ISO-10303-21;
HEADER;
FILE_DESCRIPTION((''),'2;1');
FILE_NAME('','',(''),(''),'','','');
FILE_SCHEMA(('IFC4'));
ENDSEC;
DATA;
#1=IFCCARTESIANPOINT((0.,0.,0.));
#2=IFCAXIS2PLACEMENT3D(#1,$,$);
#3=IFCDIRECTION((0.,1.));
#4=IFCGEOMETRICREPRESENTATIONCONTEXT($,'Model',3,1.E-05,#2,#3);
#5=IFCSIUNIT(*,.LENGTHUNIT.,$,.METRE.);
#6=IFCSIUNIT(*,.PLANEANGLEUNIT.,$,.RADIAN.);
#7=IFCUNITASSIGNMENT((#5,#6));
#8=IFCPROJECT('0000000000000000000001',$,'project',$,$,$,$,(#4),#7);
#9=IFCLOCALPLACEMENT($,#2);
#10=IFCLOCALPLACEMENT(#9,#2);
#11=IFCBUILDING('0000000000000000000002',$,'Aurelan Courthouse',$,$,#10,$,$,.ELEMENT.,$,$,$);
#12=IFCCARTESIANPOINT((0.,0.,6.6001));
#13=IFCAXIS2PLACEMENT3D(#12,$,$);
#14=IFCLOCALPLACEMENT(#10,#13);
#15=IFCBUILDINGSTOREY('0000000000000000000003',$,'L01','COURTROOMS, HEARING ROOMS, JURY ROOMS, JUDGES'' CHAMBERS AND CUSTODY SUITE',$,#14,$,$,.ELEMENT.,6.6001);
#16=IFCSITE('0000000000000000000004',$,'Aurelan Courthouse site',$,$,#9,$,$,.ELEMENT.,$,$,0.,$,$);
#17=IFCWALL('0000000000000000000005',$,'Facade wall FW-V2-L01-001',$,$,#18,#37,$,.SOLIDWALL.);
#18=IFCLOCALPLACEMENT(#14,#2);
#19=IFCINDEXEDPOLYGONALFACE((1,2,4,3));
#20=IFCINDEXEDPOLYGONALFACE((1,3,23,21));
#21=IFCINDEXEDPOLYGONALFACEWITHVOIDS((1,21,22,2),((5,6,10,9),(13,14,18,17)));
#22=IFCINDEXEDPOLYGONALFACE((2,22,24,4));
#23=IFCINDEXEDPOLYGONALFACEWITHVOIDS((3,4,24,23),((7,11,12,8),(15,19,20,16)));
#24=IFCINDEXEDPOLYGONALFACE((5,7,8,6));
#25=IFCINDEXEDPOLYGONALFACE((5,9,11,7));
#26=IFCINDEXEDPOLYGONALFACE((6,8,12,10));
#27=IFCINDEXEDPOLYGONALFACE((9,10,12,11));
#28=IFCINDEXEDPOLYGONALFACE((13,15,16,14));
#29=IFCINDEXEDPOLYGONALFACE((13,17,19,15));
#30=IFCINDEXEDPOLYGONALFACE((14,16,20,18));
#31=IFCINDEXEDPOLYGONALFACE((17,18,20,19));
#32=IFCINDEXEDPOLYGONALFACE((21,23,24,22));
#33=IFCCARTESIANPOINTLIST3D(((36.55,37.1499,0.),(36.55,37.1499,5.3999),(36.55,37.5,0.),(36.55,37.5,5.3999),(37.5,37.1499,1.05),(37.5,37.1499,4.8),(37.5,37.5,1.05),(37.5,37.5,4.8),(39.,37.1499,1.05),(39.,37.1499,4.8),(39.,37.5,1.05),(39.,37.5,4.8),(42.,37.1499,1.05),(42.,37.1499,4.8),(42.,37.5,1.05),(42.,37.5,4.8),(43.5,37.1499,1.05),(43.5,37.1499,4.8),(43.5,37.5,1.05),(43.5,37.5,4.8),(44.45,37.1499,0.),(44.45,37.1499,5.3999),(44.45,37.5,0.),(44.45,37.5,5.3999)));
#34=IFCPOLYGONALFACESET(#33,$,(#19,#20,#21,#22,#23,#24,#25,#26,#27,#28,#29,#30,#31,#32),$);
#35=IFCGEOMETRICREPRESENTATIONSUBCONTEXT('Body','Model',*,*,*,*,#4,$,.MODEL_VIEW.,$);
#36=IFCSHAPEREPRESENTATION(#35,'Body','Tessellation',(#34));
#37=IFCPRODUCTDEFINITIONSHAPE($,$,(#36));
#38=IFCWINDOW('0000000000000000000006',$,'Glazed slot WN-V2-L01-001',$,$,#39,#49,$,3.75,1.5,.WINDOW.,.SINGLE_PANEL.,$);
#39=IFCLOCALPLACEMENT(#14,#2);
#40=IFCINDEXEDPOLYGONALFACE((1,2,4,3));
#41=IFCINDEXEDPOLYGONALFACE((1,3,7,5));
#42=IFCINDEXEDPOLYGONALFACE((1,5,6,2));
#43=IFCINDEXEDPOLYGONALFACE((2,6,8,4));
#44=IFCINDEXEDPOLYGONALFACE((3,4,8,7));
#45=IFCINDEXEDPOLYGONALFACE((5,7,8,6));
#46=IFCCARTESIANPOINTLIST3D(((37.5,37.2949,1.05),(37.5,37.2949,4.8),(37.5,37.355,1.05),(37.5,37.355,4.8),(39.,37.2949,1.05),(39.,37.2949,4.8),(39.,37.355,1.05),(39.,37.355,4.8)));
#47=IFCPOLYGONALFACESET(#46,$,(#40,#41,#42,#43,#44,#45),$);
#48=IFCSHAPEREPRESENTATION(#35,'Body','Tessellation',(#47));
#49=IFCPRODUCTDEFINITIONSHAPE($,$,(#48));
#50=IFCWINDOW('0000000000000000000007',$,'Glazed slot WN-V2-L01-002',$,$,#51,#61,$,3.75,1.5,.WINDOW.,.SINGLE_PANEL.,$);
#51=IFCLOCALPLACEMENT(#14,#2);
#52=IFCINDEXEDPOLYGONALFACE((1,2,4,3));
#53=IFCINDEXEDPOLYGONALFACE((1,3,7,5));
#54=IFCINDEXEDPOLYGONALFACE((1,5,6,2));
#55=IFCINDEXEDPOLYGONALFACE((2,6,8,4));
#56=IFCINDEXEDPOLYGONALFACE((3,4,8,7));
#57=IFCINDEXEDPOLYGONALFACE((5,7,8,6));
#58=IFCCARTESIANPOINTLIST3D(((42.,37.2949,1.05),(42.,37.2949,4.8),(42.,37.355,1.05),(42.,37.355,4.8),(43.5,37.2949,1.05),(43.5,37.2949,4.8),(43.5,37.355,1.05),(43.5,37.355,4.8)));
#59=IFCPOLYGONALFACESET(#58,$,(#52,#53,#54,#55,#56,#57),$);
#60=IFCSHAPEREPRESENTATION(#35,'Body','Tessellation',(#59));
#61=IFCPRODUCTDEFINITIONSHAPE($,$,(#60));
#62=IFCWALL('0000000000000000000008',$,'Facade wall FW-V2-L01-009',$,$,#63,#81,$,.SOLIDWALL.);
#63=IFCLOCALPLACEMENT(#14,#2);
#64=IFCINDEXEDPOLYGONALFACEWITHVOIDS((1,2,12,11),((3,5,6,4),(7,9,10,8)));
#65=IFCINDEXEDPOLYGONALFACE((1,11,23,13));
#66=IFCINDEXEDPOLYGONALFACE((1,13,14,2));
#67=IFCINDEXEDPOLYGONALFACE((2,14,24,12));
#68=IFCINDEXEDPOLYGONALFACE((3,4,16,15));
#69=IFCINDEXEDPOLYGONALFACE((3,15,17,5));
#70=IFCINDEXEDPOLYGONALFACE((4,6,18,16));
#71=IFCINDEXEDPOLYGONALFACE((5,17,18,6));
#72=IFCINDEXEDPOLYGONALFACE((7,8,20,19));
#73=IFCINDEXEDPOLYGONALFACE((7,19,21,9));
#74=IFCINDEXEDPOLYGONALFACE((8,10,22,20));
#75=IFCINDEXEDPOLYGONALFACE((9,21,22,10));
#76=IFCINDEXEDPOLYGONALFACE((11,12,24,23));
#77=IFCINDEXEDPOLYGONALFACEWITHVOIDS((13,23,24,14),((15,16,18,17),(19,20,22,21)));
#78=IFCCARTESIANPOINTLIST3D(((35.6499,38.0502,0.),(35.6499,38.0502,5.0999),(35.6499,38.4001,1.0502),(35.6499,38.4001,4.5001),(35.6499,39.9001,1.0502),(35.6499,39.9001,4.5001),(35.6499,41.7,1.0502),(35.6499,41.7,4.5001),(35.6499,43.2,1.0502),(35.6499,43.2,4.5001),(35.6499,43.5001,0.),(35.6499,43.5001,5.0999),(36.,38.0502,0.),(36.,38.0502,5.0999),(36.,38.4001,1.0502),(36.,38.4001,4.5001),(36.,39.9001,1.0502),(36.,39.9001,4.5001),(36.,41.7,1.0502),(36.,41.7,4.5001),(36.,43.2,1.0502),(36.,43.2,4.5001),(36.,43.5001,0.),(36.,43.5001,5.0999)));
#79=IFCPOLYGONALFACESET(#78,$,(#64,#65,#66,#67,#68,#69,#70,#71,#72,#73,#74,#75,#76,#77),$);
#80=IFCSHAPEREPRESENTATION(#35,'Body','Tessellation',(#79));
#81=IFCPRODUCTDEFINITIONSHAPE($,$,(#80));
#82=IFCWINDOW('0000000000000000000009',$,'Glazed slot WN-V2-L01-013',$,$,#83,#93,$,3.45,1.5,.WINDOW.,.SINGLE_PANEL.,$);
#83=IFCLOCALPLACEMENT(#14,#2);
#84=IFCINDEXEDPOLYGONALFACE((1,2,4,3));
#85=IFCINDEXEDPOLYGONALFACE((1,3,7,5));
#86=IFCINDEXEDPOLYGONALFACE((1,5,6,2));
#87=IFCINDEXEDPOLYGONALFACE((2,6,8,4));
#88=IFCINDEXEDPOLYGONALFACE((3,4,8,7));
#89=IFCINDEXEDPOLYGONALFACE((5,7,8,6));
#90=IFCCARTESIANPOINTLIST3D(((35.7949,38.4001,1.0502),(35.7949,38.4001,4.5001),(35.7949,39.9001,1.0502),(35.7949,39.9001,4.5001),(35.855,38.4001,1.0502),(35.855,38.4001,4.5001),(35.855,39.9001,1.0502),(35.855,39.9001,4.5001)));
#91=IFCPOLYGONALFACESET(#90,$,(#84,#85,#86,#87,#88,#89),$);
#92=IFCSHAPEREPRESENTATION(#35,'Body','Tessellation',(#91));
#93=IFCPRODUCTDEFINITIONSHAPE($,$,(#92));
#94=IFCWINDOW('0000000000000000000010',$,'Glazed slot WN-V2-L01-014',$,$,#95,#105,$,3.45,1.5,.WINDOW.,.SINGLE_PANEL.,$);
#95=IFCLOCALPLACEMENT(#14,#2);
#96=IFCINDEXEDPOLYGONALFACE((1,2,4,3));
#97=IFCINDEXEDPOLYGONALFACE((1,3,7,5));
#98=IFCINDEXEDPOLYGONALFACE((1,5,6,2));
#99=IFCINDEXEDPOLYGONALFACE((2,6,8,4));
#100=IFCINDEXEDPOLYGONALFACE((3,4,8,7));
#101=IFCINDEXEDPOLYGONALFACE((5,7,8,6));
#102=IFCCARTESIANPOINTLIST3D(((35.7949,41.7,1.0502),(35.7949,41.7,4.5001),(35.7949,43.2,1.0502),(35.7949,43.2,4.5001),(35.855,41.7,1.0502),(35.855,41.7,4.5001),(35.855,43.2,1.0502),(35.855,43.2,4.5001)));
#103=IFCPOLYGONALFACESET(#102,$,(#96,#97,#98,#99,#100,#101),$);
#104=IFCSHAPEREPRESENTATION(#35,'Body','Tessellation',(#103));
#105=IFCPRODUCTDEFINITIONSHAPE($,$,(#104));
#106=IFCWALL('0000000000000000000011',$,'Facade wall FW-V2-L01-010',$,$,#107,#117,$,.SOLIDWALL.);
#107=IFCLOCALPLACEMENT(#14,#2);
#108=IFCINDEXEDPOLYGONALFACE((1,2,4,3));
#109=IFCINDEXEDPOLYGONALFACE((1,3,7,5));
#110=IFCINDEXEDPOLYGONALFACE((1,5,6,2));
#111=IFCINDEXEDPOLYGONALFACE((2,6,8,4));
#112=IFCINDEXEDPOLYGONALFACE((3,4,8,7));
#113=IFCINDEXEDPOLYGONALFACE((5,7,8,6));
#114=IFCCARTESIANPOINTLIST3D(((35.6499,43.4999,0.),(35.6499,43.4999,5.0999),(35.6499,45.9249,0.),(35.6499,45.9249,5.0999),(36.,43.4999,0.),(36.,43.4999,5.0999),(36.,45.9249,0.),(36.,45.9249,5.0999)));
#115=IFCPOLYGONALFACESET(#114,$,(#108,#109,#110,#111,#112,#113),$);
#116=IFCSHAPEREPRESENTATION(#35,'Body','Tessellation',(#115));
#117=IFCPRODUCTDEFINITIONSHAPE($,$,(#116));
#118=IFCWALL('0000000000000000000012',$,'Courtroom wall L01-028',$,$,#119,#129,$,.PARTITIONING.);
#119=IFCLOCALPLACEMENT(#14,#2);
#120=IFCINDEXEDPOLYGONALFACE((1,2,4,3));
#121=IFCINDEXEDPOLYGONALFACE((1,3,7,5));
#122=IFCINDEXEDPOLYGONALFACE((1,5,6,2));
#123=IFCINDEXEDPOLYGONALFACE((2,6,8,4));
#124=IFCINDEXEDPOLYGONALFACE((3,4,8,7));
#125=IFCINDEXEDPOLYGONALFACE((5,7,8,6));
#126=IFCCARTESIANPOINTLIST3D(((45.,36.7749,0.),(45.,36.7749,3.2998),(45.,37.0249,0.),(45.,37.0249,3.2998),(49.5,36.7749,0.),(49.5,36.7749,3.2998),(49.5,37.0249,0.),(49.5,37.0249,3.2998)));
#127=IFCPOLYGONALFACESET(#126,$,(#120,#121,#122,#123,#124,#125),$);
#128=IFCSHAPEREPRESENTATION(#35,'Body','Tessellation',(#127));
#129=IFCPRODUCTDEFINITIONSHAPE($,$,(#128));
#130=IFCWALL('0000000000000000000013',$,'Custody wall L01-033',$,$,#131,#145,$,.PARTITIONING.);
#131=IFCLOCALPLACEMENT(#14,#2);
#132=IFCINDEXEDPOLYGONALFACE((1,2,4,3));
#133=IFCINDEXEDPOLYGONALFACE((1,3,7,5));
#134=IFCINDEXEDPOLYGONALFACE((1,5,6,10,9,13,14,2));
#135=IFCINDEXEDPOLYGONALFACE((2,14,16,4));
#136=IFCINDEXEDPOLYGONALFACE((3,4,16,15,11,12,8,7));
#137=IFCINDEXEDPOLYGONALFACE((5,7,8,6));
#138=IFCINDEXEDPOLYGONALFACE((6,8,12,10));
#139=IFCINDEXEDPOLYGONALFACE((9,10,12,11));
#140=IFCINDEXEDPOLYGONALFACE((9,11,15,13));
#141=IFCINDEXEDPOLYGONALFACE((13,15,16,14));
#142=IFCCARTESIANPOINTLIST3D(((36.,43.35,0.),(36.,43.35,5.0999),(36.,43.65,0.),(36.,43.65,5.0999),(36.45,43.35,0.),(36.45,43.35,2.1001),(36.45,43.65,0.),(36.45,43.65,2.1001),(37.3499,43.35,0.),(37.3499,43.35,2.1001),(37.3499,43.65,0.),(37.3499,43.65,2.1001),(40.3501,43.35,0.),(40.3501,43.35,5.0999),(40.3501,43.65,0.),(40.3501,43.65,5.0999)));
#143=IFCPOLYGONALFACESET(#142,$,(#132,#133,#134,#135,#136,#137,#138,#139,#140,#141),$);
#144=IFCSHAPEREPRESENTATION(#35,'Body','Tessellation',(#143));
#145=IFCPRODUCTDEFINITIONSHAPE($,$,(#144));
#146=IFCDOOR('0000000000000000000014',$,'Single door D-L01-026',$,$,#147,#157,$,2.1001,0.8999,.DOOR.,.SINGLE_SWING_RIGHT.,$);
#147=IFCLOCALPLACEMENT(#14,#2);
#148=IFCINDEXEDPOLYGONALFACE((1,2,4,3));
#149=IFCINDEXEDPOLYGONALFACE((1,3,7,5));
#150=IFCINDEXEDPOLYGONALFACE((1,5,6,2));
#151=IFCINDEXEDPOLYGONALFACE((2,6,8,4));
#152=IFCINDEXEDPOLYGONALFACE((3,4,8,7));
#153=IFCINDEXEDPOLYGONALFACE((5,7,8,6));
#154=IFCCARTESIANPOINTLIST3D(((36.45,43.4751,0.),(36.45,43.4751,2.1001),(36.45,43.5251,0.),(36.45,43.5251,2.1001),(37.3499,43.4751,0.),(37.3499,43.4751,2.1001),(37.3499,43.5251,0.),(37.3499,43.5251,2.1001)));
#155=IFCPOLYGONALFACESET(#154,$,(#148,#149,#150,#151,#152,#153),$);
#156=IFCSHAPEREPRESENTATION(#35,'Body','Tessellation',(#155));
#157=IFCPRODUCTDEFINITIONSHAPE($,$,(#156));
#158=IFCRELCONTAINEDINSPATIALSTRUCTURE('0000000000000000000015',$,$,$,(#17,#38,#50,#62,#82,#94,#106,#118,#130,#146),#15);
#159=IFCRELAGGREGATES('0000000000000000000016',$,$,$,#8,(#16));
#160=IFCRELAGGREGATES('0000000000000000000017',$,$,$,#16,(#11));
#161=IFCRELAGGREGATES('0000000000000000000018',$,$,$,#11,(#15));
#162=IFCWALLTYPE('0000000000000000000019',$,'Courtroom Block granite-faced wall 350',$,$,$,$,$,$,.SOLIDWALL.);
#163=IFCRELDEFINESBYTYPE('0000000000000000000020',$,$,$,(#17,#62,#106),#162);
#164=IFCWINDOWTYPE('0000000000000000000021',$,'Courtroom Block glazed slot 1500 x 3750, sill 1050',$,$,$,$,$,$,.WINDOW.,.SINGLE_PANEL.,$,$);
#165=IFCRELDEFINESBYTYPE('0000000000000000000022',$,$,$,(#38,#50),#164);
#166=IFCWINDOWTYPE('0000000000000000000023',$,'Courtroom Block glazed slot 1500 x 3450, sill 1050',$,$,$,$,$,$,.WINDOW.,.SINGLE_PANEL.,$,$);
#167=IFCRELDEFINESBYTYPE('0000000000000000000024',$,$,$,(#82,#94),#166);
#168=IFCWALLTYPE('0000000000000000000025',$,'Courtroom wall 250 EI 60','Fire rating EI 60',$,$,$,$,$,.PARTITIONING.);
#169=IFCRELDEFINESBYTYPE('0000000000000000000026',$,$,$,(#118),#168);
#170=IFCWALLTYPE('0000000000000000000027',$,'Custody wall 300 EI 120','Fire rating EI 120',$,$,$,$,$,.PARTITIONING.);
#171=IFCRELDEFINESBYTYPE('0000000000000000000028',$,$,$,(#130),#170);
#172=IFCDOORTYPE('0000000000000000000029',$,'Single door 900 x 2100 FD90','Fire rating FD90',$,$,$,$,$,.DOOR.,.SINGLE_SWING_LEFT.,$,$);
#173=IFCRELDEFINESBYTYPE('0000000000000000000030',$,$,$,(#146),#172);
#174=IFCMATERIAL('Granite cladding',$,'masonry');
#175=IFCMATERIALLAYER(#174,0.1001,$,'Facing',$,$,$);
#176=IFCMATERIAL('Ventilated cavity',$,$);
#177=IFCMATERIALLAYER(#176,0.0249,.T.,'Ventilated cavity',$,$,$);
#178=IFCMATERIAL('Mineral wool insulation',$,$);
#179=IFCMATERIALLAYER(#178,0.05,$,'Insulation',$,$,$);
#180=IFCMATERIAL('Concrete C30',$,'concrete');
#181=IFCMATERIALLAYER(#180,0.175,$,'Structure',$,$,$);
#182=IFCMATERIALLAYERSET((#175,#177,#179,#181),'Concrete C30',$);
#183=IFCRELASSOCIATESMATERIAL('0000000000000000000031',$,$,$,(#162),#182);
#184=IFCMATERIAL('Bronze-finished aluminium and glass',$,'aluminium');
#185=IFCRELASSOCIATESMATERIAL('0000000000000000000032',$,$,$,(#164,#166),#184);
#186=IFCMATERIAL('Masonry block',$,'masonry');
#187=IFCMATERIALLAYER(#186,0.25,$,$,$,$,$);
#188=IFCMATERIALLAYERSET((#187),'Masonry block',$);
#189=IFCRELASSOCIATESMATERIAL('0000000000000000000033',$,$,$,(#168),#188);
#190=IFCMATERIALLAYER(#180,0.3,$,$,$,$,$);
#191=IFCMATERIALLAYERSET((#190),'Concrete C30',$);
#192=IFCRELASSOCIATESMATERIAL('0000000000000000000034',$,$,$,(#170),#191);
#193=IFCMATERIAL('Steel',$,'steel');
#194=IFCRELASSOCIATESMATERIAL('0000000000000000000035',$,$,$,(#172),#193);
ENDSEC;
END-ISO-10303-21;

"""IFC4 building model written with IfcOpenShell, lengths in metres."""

from ifc_helpers import new_model, si_unit, direction, frame, frame_2d, origin, place, context, subcontext, project, spatial, rectangle, extrude, material, layer, layer_set, type_object, element, fill, save


model = new_model("IFC4")

# Units and contexts
model_context = context("Model", 3, precision=1e-05, world=origin(), true_north=direction((0.0, 1.0)))
body_context = subcontext(model_context, "Body", "Model", "MODEL_VIEW")
ifc_project = project(units=[si_unit("LENGTHUNIT", "METRE"), si_unit("PLANEANGLEUNIT", "RADIAN")], contexts=[model_context])

# Site, building, storey
site_placement = place(None, origin())
site = spatial("IfcSite", under=ifc_project, at=site_placement, Name="Aurelan Courthouse site", CompositionType="ELEMENT", RefElevation=0.0)
building_placement = place(site_placement, origin())
building = spatial("IfcBuilding", under=site, at=building_placement, Name="Aurelan Courthouse", CompositionType="ELEMENT")
storey_placement = place(building_placement, frame((0.0, 0.0, 6.6001)))
storey = spatial("IfcBuildingStorey", under=building, at=storey_placement, Name="L01", Description="COURTROOMS, HEARING ROOMS, JURY ROOMS, JUDGES' CHAMBERS AND CUSTODY SUITE", CompositionType="ELEMENT", Elevation=6.6001)

# Shared definitions
ifc_material_1 = material(Name="Bronze-finished aluminium and glass", Category="aluminium")

# Walls, openings, windows
ifc_material_2 = material(Name="Granite cladding", Category="masonry")
ifc_layer_1 = layer(ifc_material_2, 0.1001, Name="Facing")
ifc_material_3 = material(Name="Ventilated cavity")
ifc_layer_2 = layer(ifc_material_3, 0.0249, ventilated=True, Name="Ventilated cavity")
ifc_material_4 = material(Name="Mineral wool insulation")
ifc_layer_3 = layer(ifc_material_4, 0.05, Name="Insulation")
ifc_material_5 = material(Name="Concrete C30", Category="concrete")
ifc_layer_4 = layer(ifc_material_5, 0.175, Name="Structure")
ifc_layer_set_1 = layer_set([ifc_layer_1, ifc_layer_2, ifc_layer_3, ifc_layer_4], Name="Concrete C30")
wall_type_1 = type_object("IfcWallType", Name="Courtroom Block granite-faced wall 350", PredefinedType="SOLIDWALL", material=ifc_layer_set_1)
wall_1_placement = place(storey_placement, frame((36.55, 37.325, 0.0), z_axis=(0.0, 0.0, 1.0), x_axis=(1.0, 0.0, 0.0)))
wall_1 = element("IfcWall", 1, at=wall_1_placement, inside=storey, type_object=wall_type_1, Name="Facade wall FW-V2-L01-001", PredefinedType="SOLIDWALL", context=body_context, shape_type="SweptSolid", body=[
    extrude(rectangle(XDim=7.8999, YDim=0.3501, at=frame_2d((3.95, 0.0))), origin(), (0.0, 0.0, 1.0), 5.3999),
])
opening_1_placement = place(wall_1_placement, frame((0.95, 0.0, 1.05)))
opening_1 = element("IfcOpeningElement", 2, at=opening_1_placement, cuts=wall_1, PredefinedType="OPENING", context=body_context, shape_type="SweptSolid", body=[
    extrude(rectangle(XDim=1.5, YDim=3.75, at=frame_2d((0.75, 1.875))), frame((0.0, 0.1851, 0.0), z_axis=(0.0, -1.0, 0.0), x_axis=(1.0, 0.0, 0.0)), (0.0, 0.0, 1.0), 0.3701),
])
opening_2_placement = place(wall_1_placement, frame((5.45, 0.0, 1.05)))
opening_2 = element("IfcOpeningElement", 3, at=opening_2_placement, cuts=wall_1, PredefinedType="OPENING", context=body_context, shape_type="SweptSolid", body=[
    extrude(rectangle(XDim=1.5, YDim=3.75, at=frame_2d((0.75, 1.875))), frame((0.0, 0.1851, 0.0), z_axis=(0.0, -1.0, 0.0), x_axis=(1.0, 0.0, 0.0)), (0.0, 0.0, 1.0), 0.3701),
])
window_type_1 = type_object("IfcWindowType", Name="Courtroom Block glazed slot 1500 x 3750, sill 1050", PartitioningType="SINGLE_PANEL", PredefinedType="WINDOW", material=ifc_material_1)
window_1_placement = place(opening_1_placement, origin())
window_1 = element("IfcWindow", 4, at=window_1_placement, inside=storey, type_object=window_type_1, Name="Glazed slot WN-V2-L01-001", OverallHeight=3.75, OverallWidth=1.5, PartitioningType="SINGLE_PANEL", PredefinedType="WINDOW", context=body_context, shape_type="SweptSolid", body=[
    extrude(rectangle(XDim=1.5, YDim=3.75, at=frame_2d((0.75, 1.875))), frame((0.0, 0.03, 0.0), z_axis=(0.0, -1.0, 0.0), x_axis=(1.0, 0.0, 0.0)), (0.0, 0.0, 1.0), 0.0601),
])
fill(opening_1, window_1)
window_2_placement = place(opening_2_placement, origin())
window_2 = element("IfcWindow", 5, at=window_2_placement, inside=storey, type_object=window_type_1, Name="Glazed slot WN-V2-L01-002", OverallHeight=3.75, OverallWidth=1.5, PartitioningType="SINGLE_PANEL", PredefinedType="WINDOW", context=body_context, shape_type="SweptSolid", body=[
    extrude(rectangle(XDim=1.5, YDim=3.75, at=frame_2d((0.75, 1.875))), frame((0.0, 0.03, 0.0), z_axis=(0.0, -1.0, 0.0), x_axis=(1.0, 0.0, 0.0)), (0.0, 0.0, 1.0), 0.0601),
])
fill(opening_2, window_2)
wall_2_placement = place(storey_placement, frame((35.825, 38.05, 0.0), z_axis=(0.0, 0.0, 1.0), x_axis=(0.0, 1.0, 0.0)))
wall_2 = element("IfcWall", 6, at=wall_2_placement, inside=storey, type_object=wall_type_1, Name="Facade wall FW-V2-L01-009", PredefinedType="SOLIDWALL", context=body_context, shape_type="SweptSolid", body=[
    extrude(rectangle(XDim=5.45, YDim=0.3501, at=frame_2d((2.7251, 0.0))), origin(), (0.0, 0.0, 1.0), 5.0999),
])
opening_3_placement = place(wall_2_placement, frame((0.3501, 0.0, 1.05)))
opening_3 = element("IfcOpeningElement", 7, at=opening_3_placement, cuts=wall_2, PredefinedType="OPENING", context=body_context, shape_type="SweptSolid", body=[
    extrude(rectangle(XDim=1.5, YDim=3.45, at=frame_2d((0.75, 1.7251))), frame((0.0, 0.1851, 0.0), z_axis=(0.0, -1.0, 0.0), x_axis=(1.0, 0.0, 0.0)), (0.0, 0.0, 1.0), 0.3701),
])
opening_4_placement = place(wall_2_placement, frame((3.6499, 0.0, 1.05)))
opening_4 = element("IfcOpeningElement", 8, at=opening_4_placement, cuts=wall_2, PredefinedType="OPENING", context=body_context, shape_type="SweptSolid", body=[
    extrude(rectangle(XDim=1.5, YDim=3.45, at=frame_2d((0.75, 1.7251))), frame((0.0, 0.1851, 0.0), z_axis=(0.0, -1.0, 0.0), x_axis=(1.0, 0.0, 0.0)), (0.0, 0.0, 1.0), 0.3701),
])
window_type_2 = type_object("IfcWindowType", Name="Courtroom Block glazed slot 1500 x 3450, sill 1050", PartitioningType="SINGLE_PANEL", PredefinedType="WINDOW", material=ifc_material_1)
window_3_placement = place(opening_3_placement, origin())
window_3 = element("IfcWindow", 9, at=window_3_placement, inside=storey, type_object=window_type_2, Name="Glazed slot WN-V2-L01-013", OverallHeight=3.45, OverallWidth=1.5, PartitioningType="SINGLE_PANEL", PredefinedType="WINDOW", context=body_context, shape_type="SweptSolid", body=[
    extrude(rectangle(XDim=1.5, YDim=3.45, at=frame_2d((0.75, 1.7251))), frame((0.0, 0.03, 0.0), z_axis=(0.0, -1.0, 0.0), x_axis=(1.0, 0.0, 0.0)), (0.0, 0.0, 1.0), 0.0601),
])
fill(opening_3, window_3)
window_4_placement = place(opening_4_placement, origin())
window_4 = element("IfcWindow", 10, at=window_4_placement, inside=storey, type_object=window_type_2, Name="Glazed slot WN-V2-L01-014", OverallHeight=3.45, OverallWidth=1.5, PartitioningType="SINGLE_PANEL", PredefinedType="WINDOW", context=body_context, shape_type="SweptSolid", body=[
    extrude(rectangle(XDim=1.5, YDim=3.45, at=frame_2d((0.75, 1.7251))), frame((0.0, 0.03, 0.0), z_axis=(0.0, -1.0, 0.0), x_axis=(1.0, 0.0, 0.0)), (0.0, 0.0, 1.0), 0.0601),
])
fill(opening_4, window_4)

# Walls
wall_3_placement = place(storey_placement, frame((35.825, 43.5, 0.0), z_axis=(0.0, 0.0, 1.0), x_axis=(0.0, 1.0, 0.0)))
element("IfcWall", 11, at=wall_3_placement, inside=storey, type_object=wall_type_1, Name="Facade wall FW-V2-L01-010", PredefinedType="SOLIDWALL", context=body_context, shape_type="SweptSolid", body=[
    extrude(rectangle(XDim=2.425, YDim=0.3501, at=frame_2d((1.2124, 0.0))), origin(), (0.0, 0.0, 1.0), 5.0999),
])
ifc_material_6 = material(Name="Masonry block", Category="masonry")
ifc_layer_5 = layer(ifc_material_6, 0.25)
ifc_layer_set_2 = layer_set([ifc_layer_5], Name="Masonry block")
wall_type_2 = type_object("IfcWallType", Name="Courtroom wall 250 EI 60", Description="Fire rating EI 60", PredefinedType="PARTITIONING", material=ifc_layer_set_2)
wall_4_placement = place(storey_placement, frame((45.0, 36.8999, 0.0), z_axis=(0.0, 0.0, 1.0), x_axis=(1.0, 0.0, 0.0)))
element("IfcWall", 12, at=wall_4_placement, inside=storey, type_object=wall_type_2, Name="Courtroom wall L01-028", PredefinedType="PARTITIONING", context=body_context, shape_type="SweptSolid", body=[
    extrude(rectangle(XDim=4.5, YDim=0.25, at=frame_2d((2.25, 0.0))), origin(), (0.0, 0.0, 1.0), 3.2998),
])

# Wall, opening, door
ifc_layer_6 = layer(ifc_material_5, 0.3)
ifc_layer_set_3 = layer_set([ifc_layer_6], Name="Concrete C30")
wall_type_3 = type_object("IfcWallType", Name="Custody wall 300 EI 120", Description="Fire rating EI 120", PredefinedType="PARTITIONING", material=ifc_layer_set_3)
wall_5_placement = place(storey_placement, frame((36.0, 43.5, 0.0), z_axis=(0.0, 0.0, 1.0), x_axis=(1.0, 0.0, 0.0)))
wall_5 = element("IfcWall", 13, at=wall_5_placement, inside=storey, type_object=wall_type_3, Name="Custody wall L01-033", PredefinedType="PARTITIONING", context=body_context, shape_type="SweptSolid", body=[
    extrude(rectangle(XDim=4.3501, YDim=0.3, at=frame_2d((2.175, 0.0))), origin(), (0.0, 0.0, 1.0), 5.0999),
])
opening_5_placement = place(wall_5_placement, frame((1.3499, 0.0, 0.0), z_axis=(0.0, 0.0, 1.0), x_axis=(-1.0, 0.0, 0.0)))
opening_5 = element("IfcOpeningElement", 14, at=opening_5_placement, cuts=wall_5, PredefinedType="OPENING", context=body_context, shape_type="SweptSolid", body=[
    extrude(rectangle(XDim=0.8999, YDim=2.1001, at=frame_2d((0.45, 1.05))), frame((0.0, 0.1599, 0.0), z_axis=(0.0, -1.0, 0.0), x_axis=(1.0, 0.0, 0.0)), (0.0, 0.0, 1.0), 0.3201),
])
ifc_material_7 = material(Name="Steel", Category="steel")
door_type_1 = type_object("IfcDoorType", Name="Single door 900 x 2100 FD90", Description="Fire rating FD90", OperationType="SINGLE_SWING_LEFT", PredefinedType="DOOR", material=ifc_material_7)
door_1_placement = place(opening_5_placement, origin())
door_1 = element("IfcDoor", 15, at=door_1_placement, inside=storey, type_object=door_type_1, Name="Single door D-L01-026", OperationType="SINGLE_SWING_RIGHT", OverallHeight=2.1001, OverallWidth=0.8999, PredefinedType="DOOR", context=body_context, shape_type="SweptSolid", body=[
    extrude(rectangle(XDim=0.8999, YDim=2.1001, at=frame_2d((0.45, 1.05))), frame((0.0, 0.0249, 0.0), z_axis=(0.0, -1.0, 0.0), x_axis=(1.0, 0.0, 0.0)), (0.0, 0.0, 1.0), 0.05),
])
fill(opening_5, door_1)

save(model, "model.ifc")
